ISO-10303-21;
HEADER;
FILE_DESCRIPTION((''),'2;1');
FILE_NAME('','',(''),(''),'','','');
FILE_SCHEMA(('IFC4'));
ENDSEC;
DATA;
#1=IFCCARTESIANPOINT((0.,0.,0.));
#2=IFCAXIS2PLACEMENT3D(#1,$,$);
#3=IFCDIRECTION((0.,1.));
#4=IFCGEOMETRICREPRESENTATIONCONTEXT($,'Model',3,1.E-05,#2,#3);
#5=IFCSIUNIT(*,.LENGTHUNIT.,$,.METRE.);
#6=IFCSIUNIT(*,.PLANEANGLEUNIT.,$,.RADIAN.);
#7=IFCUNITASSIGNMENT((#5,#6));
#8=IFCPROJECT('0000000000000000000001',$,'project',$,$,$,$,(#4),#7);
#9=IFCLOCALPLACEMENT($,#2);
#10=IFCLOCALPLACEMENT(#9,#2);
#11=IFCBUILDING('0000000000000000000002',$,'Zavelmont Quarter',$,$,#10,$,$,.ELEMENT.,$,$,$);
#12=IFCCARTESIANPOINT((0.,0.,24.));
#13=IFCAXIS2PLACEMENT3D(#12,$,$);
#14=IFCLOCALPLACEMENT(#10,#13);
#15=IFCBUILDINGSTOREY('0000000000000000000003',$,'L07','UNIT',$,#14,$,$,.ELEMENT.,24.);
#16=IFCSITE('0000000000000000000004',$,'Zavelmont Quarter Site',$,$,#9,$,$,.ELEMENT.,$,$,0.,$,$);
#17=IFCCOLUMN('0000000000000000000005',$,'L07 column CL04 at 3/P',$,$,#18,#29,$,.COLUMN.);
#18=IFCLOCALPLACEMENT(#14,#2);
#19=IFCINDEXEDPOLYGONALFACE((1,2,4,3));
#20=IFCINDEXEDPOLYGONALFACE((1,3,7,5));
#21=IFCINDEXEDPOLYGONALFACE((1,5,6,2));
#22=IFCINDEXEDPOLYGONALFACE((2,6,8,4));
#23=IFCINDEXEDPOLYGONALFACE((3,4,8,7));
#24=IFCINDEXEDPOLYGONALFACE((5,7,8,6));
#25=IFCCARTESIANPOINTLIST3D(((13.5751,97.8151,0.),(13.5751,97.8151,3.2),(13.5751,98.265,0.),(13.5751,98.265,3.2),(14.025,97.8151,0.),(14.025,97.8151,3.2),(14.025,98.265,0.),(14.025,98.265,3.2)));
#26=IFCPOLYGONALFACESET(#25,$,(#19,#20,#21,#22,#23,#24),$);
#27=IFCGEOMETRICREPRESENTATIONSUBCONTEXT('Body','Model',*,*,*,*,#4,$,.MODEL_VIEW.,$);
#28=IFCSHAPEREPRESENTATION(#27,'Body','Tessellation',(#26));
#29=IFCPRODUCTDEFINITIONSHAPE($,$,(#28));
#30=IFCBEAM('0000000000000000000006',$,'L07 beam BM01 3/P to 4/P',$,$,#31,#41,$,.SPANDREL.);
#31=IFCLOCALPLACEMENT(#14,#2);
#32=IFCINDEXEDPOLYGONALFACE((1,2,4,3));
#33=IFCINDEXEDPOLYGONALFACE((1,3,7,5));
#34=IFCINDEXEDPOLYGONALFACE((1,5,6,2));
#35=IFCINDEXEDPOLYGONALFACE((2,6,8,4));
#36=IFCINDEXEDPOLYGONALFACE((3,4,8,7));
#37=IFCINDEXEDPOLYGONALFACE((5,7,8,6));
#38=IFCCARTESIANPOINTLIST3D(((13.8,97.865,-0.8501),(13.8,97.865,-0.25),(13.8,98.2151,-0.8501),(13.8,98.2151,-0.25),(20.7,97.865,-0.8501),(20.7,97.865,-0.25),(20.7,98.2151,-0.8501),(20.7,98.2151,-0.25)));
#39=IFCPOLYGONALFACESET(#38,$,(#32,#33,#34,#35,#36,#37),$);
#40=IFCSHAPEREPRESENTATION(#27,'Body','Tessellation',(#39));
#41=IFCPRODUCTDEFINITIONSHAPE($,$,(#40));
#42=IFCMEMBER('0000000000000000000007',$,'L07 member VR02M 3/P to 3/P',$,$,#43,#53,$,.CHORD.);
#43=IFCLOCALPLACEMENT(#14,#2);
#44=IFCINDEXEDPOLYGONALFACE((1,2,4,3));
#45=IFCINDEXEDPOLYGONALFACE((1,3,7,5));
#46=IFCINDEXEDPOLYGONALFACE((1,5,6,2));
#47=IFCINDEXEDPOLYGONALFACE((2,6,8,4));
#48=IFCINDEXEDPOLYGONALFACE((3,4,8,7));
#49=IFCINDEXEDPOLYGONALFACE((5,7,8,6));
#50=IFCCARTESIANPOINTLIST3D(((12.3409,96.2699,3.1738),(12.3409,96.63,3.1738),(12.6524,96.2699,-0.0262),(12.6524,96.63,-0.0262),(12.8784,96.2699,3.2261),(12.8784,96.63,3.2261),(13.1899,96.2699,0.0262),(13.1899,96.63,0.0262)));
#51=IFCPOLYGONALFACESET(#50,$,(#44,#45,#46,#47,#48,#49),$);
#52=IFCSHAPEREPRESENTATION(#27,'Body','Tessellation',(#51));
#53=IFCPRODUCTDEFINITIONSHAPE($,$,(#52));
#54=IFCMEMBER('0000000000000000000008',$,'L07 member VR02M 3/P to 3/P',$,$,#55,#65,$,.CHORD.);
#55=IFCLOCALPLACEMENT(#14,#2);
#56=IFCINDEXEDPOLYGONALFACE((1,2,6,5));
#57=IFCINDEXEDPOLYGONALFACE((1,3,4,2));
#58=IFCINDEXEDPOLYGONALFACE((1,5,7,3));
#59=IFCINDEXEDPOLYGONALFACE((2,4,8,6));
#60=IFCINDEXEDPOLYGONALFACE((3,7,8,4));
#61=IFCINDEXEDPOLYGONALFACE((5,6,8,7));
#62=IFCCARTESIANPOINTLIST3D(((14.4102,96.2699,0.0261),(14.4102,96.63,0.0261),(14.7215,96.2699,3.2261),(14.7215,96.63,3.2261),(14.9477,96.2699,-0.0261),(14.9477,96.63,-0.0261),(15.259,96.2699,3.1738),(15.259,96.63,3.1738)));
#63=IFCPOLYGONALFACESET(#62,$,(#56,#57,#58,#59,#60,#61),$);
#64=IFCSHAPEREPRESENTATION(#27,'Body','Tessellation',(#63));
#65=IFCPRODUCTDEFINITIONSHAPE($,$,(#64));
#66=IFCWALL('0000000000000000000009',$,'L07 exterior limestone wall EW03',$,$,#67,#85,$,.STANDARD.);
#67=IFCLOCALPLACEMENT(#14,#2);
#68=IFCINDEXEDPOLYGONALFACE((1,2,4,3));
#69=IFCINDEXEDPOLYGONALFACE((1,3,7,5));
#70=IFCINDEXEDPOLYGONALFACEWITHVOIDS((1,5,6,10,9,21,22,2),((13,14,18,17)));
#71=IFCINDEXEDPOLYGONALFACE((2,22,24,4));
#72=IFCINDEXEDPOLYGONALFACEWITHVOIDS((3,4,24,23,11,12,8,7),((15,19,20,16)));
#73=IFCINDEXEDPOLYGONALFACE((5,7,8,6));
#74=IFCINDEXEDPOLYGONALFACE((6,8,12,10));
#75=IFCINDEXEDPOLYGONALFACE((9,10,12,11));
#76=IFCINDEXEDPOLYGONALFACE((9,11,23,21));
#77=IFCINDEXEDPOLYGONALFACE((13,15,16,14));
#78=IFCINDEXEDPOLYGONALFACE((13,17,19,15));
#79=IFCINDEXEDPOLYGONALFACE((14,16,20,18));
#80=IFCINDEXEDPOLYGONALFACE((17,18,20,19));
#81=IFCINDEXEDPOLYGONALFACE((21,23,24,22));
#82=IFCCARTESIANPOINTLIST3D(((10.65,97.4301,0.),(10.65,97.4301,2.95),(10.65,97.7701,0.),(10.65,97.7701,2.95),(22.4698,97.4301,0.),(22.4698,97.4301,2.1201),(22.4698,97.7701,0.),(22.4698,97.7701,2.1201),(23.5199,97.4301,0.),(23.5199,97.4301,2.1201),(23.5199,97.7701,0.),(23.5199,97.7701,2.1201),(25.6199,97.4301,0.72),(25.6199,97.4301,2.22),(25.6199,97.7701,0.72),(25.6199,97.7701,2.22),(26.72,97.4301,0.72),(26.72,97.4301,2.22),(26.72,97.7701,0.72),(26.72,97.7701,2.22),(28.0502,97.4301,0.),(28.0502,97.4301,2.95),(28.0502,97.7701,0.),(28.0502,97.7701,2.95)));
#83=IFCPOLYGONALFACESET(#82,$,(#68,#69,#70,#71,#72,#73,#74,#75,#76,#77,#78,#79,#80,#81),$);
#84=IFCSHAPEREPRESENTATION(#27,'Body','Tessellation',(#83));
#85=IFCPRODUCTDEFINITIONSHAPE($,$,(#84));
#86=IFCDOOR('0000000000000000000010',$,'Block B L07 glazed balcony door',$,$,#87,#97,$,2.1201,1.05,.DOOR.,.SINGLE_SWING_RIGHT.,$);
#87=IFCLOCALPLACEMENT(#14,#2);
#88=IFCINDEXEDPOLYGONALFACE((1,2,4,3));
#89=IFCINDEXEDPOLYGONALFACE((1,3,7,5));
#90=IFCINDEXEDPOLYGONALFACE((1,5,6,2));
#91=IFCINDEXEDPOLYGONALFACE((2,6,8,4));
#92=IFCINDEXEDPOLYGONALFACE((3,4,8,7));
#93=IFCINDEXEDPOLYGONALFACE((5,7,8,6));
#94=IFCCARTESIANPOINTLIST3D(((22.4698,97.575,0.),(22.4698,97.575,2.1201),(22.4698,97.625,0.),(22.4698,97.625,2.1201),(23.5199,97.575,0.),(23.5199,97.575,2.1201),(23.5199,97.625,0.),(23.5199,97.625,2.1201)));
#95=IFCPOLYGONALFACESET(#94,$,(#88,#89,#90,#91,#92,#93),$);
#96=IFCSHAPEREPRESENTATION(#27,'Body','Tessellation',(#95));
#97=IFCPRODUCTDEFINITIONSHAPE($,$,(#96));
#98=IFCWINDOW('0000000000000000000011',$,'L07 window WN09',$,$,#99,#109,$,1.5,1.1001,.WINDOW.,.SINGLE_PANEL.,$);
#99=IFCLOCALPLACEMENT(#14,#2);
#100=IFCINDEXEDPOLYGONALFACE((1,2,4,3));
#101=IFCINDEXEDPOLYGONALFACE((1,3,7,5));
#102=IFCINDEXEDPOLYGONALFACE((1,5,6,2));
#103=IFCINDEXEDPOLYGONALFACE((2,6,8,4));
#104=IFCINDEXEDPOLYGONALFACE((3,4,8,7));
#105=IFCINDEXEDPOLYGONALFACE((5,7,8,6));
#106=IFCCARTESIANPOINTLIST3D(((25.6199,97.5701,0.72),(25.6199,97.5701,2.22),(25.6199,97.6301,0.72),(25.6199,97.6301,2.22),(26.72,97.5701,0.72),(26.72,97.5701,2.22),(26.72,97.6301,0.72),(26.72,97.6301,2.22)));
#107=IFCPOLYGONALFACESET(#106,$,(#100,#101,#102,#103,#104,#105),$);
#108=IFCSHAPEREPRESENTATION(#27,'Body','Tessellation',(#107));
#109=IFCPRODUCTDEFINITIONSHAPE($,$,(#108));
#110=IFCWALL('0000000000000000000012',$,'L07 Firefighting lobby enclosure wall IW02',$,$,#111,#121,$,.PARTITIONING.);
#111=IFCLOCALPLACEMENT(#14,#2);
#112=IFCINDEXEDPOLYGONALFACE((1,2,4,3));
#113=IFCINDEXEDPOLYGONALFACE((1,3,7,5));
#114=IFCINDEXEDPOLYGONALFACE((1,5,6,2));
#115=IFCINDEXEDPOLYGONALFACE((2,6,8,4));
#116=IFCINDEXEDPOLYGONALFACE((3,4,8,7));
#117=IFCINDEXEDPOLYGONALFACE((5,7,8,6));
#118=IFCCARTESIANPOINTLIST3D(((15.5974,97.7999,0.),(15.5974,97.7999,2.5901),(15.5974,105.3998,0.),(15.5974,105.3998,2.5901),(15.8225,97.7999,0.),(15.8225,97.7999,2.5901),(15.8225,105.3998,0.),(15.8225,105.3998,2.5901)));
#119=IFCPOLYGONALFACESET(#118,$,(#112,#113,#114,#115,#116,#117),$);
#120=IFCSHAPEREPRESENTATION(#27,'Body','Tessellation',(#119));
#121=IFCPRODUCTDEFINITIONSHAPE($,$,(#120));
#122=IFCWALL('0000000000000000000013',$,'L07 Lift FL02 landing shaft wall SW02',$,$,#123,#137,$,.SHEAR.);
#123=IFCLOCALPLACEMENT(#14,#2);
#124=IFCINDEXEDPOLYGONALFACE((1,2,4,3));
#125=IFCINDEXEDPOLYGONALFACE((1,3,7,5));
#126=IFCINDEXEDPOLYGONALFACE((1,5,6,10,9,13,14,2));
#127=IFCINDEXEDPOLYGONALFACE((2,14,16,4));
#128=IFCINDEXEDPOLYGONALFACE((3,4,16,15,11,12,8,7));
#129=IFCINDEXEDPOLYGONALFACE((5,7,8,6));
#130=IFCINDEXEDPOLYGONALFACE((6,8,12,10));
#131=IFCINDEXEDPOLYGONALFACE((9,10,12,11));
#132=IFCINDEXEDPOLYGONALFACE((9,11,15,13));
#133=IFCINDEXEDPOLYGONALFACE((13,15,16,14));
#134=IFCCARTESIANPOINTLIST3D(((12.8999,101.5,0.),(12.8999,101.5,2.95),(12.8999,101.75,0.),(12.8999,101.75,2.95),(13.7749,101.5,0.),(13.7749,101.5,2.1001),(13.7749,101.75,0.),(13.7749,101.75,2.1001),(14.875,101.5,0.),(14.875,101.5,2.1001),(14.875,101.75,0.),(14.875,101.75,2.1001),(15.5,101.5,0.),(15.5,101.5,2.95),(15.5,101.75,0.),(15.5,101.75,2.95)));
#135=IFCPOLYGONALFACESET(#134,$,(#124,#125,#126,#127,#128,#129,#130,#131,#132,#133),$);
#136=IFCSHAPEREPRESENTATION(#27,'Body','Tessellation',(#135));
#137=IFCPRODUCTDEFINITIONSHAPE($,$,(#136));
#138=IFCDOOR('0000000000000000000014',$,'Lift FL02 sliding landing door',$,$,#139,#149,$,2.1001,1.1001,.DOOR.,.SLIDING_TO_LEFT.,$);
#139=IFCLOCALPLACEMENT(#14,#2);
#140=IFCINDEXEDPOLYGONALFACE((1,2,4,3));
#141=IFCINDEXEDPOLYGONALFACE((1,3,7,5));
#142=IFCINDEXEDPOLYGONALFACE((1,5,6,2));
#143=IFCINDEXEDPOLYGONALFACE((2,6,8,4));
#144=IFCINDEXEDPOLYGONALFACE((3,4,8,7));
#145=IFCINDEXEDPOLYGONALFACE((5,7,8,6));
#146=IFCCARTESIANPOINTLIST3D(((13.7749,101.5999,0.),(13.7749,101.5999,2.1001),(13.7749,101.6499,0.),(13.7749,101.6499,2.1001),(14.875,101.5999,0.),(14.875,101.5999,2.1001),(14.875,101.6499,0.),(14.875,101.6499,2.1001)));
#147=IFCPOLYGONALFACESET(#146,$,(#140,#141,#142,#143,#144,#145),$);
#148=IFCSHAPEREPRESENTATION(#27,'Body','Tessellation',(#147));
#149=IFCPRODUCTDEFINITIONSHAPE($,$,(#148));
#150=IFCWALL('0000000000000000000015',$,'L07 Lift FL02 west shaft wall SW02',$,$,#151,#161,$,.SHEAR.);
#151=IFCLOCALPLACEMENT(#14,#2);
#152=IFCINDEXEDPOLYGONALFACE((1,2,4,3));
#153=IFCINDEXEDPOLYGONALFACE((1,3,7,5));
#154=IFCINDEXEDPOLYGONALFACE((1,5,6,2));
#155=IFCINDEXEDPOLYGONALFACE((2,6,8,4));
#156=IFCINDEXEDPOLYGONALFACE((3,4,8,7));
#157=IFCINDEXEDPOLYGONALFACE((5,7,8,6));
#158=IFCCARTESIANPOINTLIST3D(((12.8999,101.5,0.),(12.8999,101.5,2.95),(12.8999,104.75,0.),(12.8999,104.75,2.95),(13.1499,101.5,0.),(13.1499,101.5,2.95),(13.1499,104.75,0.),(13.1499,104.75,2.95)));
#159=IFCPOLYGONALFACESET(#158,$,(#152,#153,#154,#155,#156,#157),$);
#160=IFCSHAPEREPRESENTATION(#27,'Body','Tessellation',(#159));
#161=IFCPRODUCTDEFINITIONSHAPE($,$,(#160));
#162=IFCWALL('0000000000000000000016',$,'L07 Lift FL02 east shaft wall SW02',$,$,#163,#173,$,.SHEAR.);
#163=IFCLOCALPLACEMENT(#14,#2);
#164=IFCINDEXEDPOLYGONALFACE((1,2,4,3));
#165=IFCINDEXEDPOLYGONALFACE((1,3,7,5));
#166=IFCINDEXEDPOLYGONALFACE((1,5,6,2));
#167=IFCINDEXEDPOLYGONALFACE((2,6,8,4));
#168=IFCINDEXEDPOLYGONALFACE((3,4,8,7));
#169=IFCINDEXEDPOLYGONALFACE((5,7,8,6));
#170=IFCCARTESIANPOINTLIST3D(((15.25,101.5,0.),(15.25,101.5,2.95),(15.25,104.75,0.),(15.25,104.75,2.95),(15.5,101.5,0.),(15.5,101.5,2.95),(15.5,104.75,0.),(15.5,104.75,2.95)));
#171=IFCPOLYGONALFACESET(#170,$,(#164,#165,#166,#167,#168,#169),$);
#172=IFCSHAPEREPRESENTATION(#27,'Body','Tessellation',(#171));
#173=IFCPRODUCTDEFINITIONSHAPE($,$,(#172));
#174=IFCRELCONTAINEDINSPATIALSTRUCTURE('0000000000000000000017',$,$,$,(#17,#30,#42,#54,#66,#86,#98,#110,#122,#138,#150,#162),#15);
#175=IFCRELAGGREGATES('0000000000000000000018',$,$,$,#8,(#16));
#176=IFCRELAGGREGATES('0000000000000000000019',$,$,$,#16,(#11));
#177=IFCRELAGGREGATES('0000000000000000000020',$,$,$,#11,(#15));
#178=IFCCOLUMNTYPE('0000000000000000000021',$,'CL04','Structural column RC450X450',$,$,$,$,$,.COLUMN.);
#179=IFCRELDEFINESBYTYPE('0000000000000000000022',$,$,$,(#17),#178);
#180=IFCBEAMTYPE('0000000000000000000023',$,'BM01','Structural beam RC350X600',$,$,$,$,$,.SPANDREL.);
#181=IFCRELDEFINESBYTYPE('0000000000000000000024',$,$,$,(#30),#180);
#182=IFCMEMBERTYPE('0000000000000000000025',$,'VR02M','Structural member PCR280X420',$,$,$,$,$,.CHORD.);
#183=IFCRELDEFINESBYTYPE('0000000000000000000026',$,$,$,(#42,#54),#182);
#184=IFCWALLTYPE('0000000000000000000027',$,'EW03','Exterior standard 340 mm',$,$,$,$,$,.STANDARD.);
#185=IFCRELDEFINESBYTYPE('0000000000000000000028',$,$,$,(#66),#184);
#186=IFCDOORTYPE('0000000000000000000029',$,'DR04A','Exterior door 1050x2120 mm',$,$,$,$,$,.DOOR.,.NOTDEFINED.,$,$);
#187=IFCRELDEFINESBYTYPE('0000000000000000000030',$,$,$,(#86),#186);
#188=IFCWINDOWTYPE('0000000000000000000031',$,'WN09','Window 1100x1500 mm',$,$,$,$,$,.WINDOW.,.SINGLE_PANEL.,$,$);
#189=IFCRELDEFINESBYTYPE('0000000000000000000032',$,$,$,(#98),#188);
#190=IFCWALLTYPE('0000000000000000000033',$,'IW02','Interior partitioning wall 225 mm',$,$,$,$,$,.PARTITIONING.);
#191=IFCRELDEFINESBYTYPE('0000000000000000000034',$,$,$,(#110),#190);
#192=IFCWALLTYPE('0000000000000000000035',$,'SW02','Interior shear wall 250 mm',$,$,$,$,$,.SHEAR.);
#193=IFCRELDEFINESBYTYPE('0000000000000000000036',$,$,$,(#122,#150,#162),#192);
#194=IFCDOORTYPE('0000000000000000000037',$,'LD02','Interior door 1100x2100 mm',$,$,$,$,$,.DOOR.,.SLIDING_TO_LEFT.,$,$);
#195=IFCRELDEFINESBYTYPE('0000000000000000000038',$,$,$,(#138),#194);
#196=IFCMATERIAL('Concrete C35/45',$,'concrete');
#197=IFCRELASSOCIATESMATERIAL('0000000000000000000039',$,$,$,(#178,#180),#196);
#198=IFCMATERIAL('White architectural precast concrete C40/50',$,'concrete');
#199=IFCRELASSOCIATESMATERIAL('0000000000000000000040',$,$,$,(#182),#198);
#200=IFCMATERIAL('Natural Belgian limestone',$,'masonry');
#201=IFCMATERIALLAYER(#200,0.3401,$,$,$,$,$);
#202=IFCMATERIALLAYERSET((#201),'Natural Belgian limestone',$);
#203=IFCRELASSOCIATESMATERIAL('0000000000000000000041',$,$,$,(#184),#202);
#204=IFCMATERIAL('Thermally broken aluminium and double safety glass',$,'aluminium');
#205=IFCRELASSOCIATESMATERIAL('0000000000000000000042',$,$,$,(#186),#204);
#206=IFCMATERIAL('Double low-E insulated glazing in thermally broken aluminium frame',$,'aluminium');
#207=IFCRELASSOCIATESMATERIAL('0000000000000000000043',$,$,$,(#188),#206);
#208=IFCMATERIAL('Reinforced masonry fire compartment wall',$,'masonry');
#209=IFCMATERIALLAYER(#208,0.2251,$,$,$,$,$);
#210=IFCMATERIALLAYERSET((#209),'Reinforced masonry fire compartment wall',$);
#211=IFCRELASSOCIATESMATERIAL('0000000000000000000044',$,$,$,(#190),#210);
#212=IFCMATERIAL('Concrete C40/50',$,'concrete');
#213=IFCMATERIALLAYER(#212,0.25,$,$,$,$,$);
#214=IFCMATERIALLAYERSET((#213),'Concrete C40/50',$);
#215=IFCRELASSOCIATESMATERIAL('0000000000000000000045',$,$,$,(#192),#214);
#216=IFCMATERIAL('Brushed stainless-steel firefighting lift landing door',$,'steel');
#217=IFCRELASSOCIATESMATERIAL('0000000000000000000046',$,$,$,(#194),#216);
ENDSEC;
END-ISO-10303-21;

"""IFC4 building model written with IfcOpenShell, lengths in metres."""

from ifc_helpers import new_model, si_unit, direction, frame, frame_2d, origin, origin_with_axes, origin_2d, place, context, subcontext, project, spatial, rectangle, extrude, material, layer, layer_set, material_profile, profile_set, type_object, element, fill, save


model = new_model("IFC4")

# Units and contexts
model_context = context("Model", 3, precision=1e-05, world=origin(), true_north=direction((0.0, 1.0)))
body_context = subcontext(model_context, "Body", "Model", "MODEL_VIEW")
ifc_project = project(units=[si_unit("LENGTHUNIT", "METRE"), si_unit("PLANEANGLEUNIT", "RADIAN")], contexts=[model_context])

# Site, building, storey
site_placement = place(None, origin())
site = spatial("IfcSite", under=ifc_project, at=site_placement, Name="Zavelmont Quarter Site", CompositionType="ELEMENT", RefElevation=0.0)
building_placement = place(site_placement, origin())
building = spatial("IfcBuilding", under=site, at=building_placement, Name="Zavelmont Quarter", CompositionType="ELEMENT")
storey_placement = place(building_placement, frame((0.0, 0.0, 24.0)))
storey = spatial("IfcBuildingStorey", under=building, at=storey_placement, Name="L07", Description="UNIT", CompositionType="ELEMENT", Elevation=24.0)

# Column
ifc_material_1 = material(Name="Concrete C35/45", Category="concrete")
ifc_material_profile_1 = material_profile(ifc_material_1, rectangle(XDim=0.45, YDim=0.45, at=origin_2d()), Name="RC450X450")
ifc_profile_set_1 = profile_set([ifc_material_profile_1], Name="Concrete C35/45")
column_type = type_object("IfcColumnType", Name="CL04", Description="Structural column RC450X450", PredefinedType="COLUMN", material=ifc_profile_set_1)
column_placement = place(storey_placement, frame((13.8, 98.04, 0.0), z_axis=(0.0, 0.0, 1.0), x_axis=(1.0, 0.0, 0.0)))
element("IfcColumn", 1, at=column_placement, inside=storey, type_object=column_type, Name="L07 column CL04 at 3/P", PredefinedType="COLUMN", context=body_context, shape_type="SweptSolid", body=[
    extrude(rectangle(XDim=0.45, YDim=0.45, at=origin_2d()), origin(), (0.0, 0.0, 1.0), 3.2),
])

# Beam
ifc_material_profile_2 = material_profile(ifc_material_1, rectangle(XDim=0.3501, YDim=0.6001, at=origin_2d()), Name="RC350X600")
ifc_profile_set_2 = profile_set([ifc_material_profile_2], Name="Concrete C35/45")
beam_type = type_object("IfcBeamType", Name="BM01", Description="Structural beam RC350X600", PredefinedType="SPANDREL", material=ifc_profile_set_2)
beam_placement = place(storey_placement, frame((13.8, 98.04, -0.55), z_axis=(1.0, 0.0, 0.0), x_axis=(0.0, 1.0, 0.0)))
element("IfcBeam", 2, at=beam_placement, inside=storey, type_object=beam_type, Name="L07 beam BM01 3/P to 4/P", PredefinedType="SPANDREL", context=body_context, shape_type="SweptSolid", body=[
    extrude(rectangle(XDim=0.3501, YDim=0.6001, at=origin_2d()), origin(), (0.0, 0.0, 1.0), 6.8999),
])

# Members
ifc_material_2 = material(Name="White architectural precast concrete C40/50", Category="concrete")
ifc_material_profile_3 = material_profile(ifc_material_2, rectangle(XDim=0.3601, YDim=0.54, at=origin_2d()), Name="PCR280X420")
ifc_profile_set_3 = profile_set([ifc_material_profile_3], Name="White architectural precast concrete C40/50")
member_type = type_object("IfcMemberType", Name="VR02M", Description="Structural member PCR280X420", PredefinedType="CHORD", material=ifc_profile_set_3)
for number, where, z_axis, x_axis, name in (
    (3, (12.9211, 96.45, 0.0), (-0.096894, 0.0, 0.995295), (0.0, -1.0, 0.0), "L07 member VR02M 3/P to 3/P"),
    (4, (14.679, 96.45, 0.0), (0.096819, 0.0, 0.995302), (0.0, 1.0, 0.0), "L07 member VR02M 3/P to 3/P"),
):
    element("IfcMember", number, at=place(storey_placement, frame(where, z_axis=z_axis, x_axis=x_axis)), inside=storey, type_object=member_type, Name=name, PredefinedType="CHORD", context=body_context, shape_type="SweptSolid", body=[
        extrude(rectangle(XDim=0.3601, YDim=0.54, at=origin_2d()), origin(), (0.0, 0.0, 1.0), 3.2151),
    ])

# Wall, openings, door, window
ifc_material_3 = material(Name="Natural Belgian limestone", Category="masonry")
ifc_layer_1 = layer(ifc_material_3, 0.3401)
ifc_layer_set_1 = layer_set([ifc_layer_1], Name="Natural Belgian limestone")
wall_type_1 = type_object("IfcWallType", Name="EW03", Description="Exterior standard 340 mm", PredefinedType="STANDARD", material=ifc_layer_set_1)
wall_1_placement = place(storey_placement, frame((10.6499, 97.6001, 0.0), z_axis=(0.0, 0.0, 1.0), x_axis=(1.0, 0.0, 0.0)))
wall_1 = element("IfcWall", 5, at=wall_1_placement, inside=storey, type_object=wall_type_1, Name="L07 exterior limestone wall EW03", PredefinedType="STANDARD", context=body_context, shape_type="SweptSolid", body=[
    extrude(rectangle(XDim=17.4001, YDim=0.3401, at=frame_2d((8.7002, 0.0))), origin(), (0.0, 0.0, 1.0), 2.95),
])
opening_1_placement = place(wall_1_placement, frame((11.8201, 0.0, 0.0)))
opening_1 = element("IfcOpeningElement", 6, at=opening_1_placement, cuts=wall_1, PredefinedType="OPENING", context=body_context, shape_type="SweptSolid", body=[
    extrude(rectangle(XDim=1.05, YDim=2.1201, at=frame_2d((0.5249, 1.0601))), frame((0.0, 0.1821, 0.0), z_axis=(0.0, -1.0, 0.0), x_axis=(1.0, 0.0, 0.0)), (0.0, 0.0, 1.0), 0.364),
])
opening_2_placement = place(wall_1_placement, frame((14.97, 0.0, 0.72)))
opening_2 = element("IfcOpeningElement", 7, at=opening_2_placement, cuts=wall_1, PredefinedType="OPENING", context=body_context, shape_type="SweptSolid", body=[
    extrude(rectangle(XDim=1.1001, YDim=1.5, at=frame_2d((0.55, 0.75))), frame((0.0, 0.1821, 0.0), z_axis=(0.0, -1.0, 0.0), x_axis=(1.0, 0.0, 0.0)), (0.0, 0.0, 1.0), 0.364),
])
ifc_material_4 = material(Name="Thermally broken aluminium and double safety glass", Category="aluminium")
door_type_1 = type_object("IfcDoorType", Name="DR04A", Description="Exterior door 1050x2120 mm", OperationType="NOTDEFINED", PredefinedType="DOOR", material=ifc_material_4)
door_1_placement = place(opening_1_placement, origin_with_axes())
door_1 = element("IfcDoor", 8, at=door_1_placement, inside=storey, type_object=door_type_1, Name="Block B L07 glazed balcony door", OperationType="SINGLE_SWING_RIGHT", OverallHeight=2.1201, OverallWidth=1.05, PredefinedType="DOOR", context=body_context, shape_type="SweptSolid", body=[
    extrude(rectangle(XDim=1.05, YDim=2.1201, at=frame_2d((0.5249, 1.0601))), frame((0.0, 0.0249, 0.0), z_axis=(0.0, -1.0, 0.0), x_axis=(1.0, 0.0, 0.0)), (0.0, 0.0, 1.0), 0.05),
])
fill(opening_1, door_1)
ifc_material_5 = material(Name="Double low-E insulated glazing in thermally broken aluminium frame", Category="aluminium")
window_type = type_object("IfcWindowType", Name="WN09", Description="Window 1100x1500 mm", PartitioningType="SINGLE_PANEL", PredefinedType="WINDOW", material=ifc_material_5)
window_placement = place(opening_2_placement, origin_with_axes())
window = element("IfcWindow", 9, at=window_placement, inside=storey, type_object=window_type, Name="L07 window WN09", OverallHeight=1.5, OverallWidth=1.1001, PartitioningType="SINGLE_PANEL", PredefinedType="WINDOW", context=body_context, shape_type="SweptSolid", body=[
    extrude(rectangle(XDim=1.1001, YDim=1.5, at=frame_2d((0.55, 0.75))), frame((0.0, 0.03, 0.0), z_axis=(0.0, -1.0, 0.0), x_axis=(1.0, 0.0, 0.0)), (0.0, 0.0, 1.0), 0.0601),
])
fill(opening_2, window)

# Wall
ifc_material_6 = material(Name="Reinforced masonry fire compartment wall", Category="masonry")
ifc_layer_2 = layer(ifc_material_6, 0.2251)
ifc_layer_set_2 = layer_set([ifc_layer_2], Name="Reinforced masonry fire compartment wall")
wall_type_2 = type_object("IfcWallType", Name="IW02", Description="Interior partitioning wall 225 mm", PredefinedType="PARTITIONING", material=ifc_layer_set_2)
wall_2_placement = place(storey_placement, frame((15.71, 97.8, 0.0), z_axis=(0.0, 0.0, 1.0), x_axis=(0.0, 1.0, 0.0)))
element("IfcWall", 10, at=wall_2_placement, inside=storey, type_object=wall_type_2, Name="L07 Firefighting lobby enclosure wall IW02", PredefinedType="PARTITIONING", context=body_context, shape_type="SweptSolid", body=[
    extrude(rectangle(XDim=7.5999, YDim=0.2251, at=frame_2d((3.7998, 0.0))), origin(), (0.0, 0.0, 1.0), 2.5901),
])

# Wall, opening, door
ifc_material_7 = material(Name="Concrete C40/50", Category="concrete")
ifc_layer_3 = layer(ifc_material_7, 0.25)
ifc_layer_set_3 = layer_set([ifc_layer_3], Name="Concrete C40/50")
wall_type_3 = type_object("IfcWallType", Name="SW02", Description="Interior shear wall 250 mm", PredefinedType="SHEAR", material=ifc_layer_set_3)
wall_3_placement = place(storey_placement, frame((12.8999, 101.625, 0.0), z_axis=(0.0, 0.0, 1.0), x_axis=(1.0, 0.0, 0.0)))
wall_3 = element("IfcWall", 11, at=wall_3_placement, inside=storey, type_object=wall_type_3, Name="L07 Lift FL02 landing shaft wall SW02", PredefinedType="SHEAR", context=body_context, shape_type="SweptSolid", body=[
    extrude(rectangle(XDim=2.6001, YDim=0.25, at=frame_2d((1.3, 0.0))), origin(), (0.0, 0.0, 1.0), 2.95),
])
opening_3_placement = place(wall_3_placement, frame((0.875, 0.0, 0.0)))
opening_3 = element("IfcOpeningElement", 12, at=opening_3_placement, cuts=wall_3, PredefinedType="OPENING", context=body_context, shape_type="SweptSolid", body=[
    extrude(rectangle(XDim=1.1001, YDim=2.1001, at=frame_2d((0.55, 1.05))), frame((0.0, 0.137, 0.0), z_axis=(0.0, -1.0, 0.0), x_axis=(1.0, 0.0, 0.0)), (0.0, 0.0, 1.0), 0.2739),
])
ifc_material_8 = material(Name="Brushed stainless-steel firefighting lift landing door", Category="steel")
door_type_2 = type_object("IfcDoorType", Name="LD02", Description="Interior door 1100x2100 mm", OperationType="SLIDING_TO_LEFT", PredefinedType="DOOR", material=ifc_material_8)
door_2_placement = place(opening_3_placement, origin_with_axes())
door_2 = element("IfcDoor", 13, at=door_2_placement, inside=storey, type_object=door_type_2, Name="Lift FL02 sliding landing door", OperationType="SLIDING_TO_LEFT", OverallHeight=2.1001, OverallWidth=1.1001, PredefinedType="DOOR", context=body_context, shape_type="SweptSolid", body=[
    extrude(rectangle(XDim=1.1001, YDim=2.1001, at=frame_2d((0.55, 1.05))), frame((0.0, 0.0249, 0.0), z_axis=(0.0, -1.0, 0.0), x_axis=(1.0, 0.0, 0.0)), (0.0, 0.0, 1.0), 0.05),
])
fill(opening_3, door_2)

# Walls
for number, where, z_axis, x_axis, name in (
    (14, (13.0249, 101.5, 0.0), (0.0, 0.0, 1.0), (0.0, 1.0, 0.0), "L07 Lift FL02 west shaft wall SW02"),
    (15, (15.375, 101.5, 0.0), (0.0, 0.0, 1.0), (0.0, 1.0, 0.0), "L07 Lift FL02 east shaft wall SW02"),
):
    element("IfcWall", number, at=place(storey_placement, frame(where, z_axis=z_axis, x_axis=x_axis)), inside=storey, type_object=wall_type_3, Name=name, PredefinedType="SHEAR", context=body_context, shape_type="SweptSolid", body=[
        extrude(rectangle(XDim=3.25, YDim=0.25, at=frame_2d((1.625, 0.0))), origin(), (0.0, 0.0, 1.0), 2.95),
    ])

save(model, "model.ifc")
